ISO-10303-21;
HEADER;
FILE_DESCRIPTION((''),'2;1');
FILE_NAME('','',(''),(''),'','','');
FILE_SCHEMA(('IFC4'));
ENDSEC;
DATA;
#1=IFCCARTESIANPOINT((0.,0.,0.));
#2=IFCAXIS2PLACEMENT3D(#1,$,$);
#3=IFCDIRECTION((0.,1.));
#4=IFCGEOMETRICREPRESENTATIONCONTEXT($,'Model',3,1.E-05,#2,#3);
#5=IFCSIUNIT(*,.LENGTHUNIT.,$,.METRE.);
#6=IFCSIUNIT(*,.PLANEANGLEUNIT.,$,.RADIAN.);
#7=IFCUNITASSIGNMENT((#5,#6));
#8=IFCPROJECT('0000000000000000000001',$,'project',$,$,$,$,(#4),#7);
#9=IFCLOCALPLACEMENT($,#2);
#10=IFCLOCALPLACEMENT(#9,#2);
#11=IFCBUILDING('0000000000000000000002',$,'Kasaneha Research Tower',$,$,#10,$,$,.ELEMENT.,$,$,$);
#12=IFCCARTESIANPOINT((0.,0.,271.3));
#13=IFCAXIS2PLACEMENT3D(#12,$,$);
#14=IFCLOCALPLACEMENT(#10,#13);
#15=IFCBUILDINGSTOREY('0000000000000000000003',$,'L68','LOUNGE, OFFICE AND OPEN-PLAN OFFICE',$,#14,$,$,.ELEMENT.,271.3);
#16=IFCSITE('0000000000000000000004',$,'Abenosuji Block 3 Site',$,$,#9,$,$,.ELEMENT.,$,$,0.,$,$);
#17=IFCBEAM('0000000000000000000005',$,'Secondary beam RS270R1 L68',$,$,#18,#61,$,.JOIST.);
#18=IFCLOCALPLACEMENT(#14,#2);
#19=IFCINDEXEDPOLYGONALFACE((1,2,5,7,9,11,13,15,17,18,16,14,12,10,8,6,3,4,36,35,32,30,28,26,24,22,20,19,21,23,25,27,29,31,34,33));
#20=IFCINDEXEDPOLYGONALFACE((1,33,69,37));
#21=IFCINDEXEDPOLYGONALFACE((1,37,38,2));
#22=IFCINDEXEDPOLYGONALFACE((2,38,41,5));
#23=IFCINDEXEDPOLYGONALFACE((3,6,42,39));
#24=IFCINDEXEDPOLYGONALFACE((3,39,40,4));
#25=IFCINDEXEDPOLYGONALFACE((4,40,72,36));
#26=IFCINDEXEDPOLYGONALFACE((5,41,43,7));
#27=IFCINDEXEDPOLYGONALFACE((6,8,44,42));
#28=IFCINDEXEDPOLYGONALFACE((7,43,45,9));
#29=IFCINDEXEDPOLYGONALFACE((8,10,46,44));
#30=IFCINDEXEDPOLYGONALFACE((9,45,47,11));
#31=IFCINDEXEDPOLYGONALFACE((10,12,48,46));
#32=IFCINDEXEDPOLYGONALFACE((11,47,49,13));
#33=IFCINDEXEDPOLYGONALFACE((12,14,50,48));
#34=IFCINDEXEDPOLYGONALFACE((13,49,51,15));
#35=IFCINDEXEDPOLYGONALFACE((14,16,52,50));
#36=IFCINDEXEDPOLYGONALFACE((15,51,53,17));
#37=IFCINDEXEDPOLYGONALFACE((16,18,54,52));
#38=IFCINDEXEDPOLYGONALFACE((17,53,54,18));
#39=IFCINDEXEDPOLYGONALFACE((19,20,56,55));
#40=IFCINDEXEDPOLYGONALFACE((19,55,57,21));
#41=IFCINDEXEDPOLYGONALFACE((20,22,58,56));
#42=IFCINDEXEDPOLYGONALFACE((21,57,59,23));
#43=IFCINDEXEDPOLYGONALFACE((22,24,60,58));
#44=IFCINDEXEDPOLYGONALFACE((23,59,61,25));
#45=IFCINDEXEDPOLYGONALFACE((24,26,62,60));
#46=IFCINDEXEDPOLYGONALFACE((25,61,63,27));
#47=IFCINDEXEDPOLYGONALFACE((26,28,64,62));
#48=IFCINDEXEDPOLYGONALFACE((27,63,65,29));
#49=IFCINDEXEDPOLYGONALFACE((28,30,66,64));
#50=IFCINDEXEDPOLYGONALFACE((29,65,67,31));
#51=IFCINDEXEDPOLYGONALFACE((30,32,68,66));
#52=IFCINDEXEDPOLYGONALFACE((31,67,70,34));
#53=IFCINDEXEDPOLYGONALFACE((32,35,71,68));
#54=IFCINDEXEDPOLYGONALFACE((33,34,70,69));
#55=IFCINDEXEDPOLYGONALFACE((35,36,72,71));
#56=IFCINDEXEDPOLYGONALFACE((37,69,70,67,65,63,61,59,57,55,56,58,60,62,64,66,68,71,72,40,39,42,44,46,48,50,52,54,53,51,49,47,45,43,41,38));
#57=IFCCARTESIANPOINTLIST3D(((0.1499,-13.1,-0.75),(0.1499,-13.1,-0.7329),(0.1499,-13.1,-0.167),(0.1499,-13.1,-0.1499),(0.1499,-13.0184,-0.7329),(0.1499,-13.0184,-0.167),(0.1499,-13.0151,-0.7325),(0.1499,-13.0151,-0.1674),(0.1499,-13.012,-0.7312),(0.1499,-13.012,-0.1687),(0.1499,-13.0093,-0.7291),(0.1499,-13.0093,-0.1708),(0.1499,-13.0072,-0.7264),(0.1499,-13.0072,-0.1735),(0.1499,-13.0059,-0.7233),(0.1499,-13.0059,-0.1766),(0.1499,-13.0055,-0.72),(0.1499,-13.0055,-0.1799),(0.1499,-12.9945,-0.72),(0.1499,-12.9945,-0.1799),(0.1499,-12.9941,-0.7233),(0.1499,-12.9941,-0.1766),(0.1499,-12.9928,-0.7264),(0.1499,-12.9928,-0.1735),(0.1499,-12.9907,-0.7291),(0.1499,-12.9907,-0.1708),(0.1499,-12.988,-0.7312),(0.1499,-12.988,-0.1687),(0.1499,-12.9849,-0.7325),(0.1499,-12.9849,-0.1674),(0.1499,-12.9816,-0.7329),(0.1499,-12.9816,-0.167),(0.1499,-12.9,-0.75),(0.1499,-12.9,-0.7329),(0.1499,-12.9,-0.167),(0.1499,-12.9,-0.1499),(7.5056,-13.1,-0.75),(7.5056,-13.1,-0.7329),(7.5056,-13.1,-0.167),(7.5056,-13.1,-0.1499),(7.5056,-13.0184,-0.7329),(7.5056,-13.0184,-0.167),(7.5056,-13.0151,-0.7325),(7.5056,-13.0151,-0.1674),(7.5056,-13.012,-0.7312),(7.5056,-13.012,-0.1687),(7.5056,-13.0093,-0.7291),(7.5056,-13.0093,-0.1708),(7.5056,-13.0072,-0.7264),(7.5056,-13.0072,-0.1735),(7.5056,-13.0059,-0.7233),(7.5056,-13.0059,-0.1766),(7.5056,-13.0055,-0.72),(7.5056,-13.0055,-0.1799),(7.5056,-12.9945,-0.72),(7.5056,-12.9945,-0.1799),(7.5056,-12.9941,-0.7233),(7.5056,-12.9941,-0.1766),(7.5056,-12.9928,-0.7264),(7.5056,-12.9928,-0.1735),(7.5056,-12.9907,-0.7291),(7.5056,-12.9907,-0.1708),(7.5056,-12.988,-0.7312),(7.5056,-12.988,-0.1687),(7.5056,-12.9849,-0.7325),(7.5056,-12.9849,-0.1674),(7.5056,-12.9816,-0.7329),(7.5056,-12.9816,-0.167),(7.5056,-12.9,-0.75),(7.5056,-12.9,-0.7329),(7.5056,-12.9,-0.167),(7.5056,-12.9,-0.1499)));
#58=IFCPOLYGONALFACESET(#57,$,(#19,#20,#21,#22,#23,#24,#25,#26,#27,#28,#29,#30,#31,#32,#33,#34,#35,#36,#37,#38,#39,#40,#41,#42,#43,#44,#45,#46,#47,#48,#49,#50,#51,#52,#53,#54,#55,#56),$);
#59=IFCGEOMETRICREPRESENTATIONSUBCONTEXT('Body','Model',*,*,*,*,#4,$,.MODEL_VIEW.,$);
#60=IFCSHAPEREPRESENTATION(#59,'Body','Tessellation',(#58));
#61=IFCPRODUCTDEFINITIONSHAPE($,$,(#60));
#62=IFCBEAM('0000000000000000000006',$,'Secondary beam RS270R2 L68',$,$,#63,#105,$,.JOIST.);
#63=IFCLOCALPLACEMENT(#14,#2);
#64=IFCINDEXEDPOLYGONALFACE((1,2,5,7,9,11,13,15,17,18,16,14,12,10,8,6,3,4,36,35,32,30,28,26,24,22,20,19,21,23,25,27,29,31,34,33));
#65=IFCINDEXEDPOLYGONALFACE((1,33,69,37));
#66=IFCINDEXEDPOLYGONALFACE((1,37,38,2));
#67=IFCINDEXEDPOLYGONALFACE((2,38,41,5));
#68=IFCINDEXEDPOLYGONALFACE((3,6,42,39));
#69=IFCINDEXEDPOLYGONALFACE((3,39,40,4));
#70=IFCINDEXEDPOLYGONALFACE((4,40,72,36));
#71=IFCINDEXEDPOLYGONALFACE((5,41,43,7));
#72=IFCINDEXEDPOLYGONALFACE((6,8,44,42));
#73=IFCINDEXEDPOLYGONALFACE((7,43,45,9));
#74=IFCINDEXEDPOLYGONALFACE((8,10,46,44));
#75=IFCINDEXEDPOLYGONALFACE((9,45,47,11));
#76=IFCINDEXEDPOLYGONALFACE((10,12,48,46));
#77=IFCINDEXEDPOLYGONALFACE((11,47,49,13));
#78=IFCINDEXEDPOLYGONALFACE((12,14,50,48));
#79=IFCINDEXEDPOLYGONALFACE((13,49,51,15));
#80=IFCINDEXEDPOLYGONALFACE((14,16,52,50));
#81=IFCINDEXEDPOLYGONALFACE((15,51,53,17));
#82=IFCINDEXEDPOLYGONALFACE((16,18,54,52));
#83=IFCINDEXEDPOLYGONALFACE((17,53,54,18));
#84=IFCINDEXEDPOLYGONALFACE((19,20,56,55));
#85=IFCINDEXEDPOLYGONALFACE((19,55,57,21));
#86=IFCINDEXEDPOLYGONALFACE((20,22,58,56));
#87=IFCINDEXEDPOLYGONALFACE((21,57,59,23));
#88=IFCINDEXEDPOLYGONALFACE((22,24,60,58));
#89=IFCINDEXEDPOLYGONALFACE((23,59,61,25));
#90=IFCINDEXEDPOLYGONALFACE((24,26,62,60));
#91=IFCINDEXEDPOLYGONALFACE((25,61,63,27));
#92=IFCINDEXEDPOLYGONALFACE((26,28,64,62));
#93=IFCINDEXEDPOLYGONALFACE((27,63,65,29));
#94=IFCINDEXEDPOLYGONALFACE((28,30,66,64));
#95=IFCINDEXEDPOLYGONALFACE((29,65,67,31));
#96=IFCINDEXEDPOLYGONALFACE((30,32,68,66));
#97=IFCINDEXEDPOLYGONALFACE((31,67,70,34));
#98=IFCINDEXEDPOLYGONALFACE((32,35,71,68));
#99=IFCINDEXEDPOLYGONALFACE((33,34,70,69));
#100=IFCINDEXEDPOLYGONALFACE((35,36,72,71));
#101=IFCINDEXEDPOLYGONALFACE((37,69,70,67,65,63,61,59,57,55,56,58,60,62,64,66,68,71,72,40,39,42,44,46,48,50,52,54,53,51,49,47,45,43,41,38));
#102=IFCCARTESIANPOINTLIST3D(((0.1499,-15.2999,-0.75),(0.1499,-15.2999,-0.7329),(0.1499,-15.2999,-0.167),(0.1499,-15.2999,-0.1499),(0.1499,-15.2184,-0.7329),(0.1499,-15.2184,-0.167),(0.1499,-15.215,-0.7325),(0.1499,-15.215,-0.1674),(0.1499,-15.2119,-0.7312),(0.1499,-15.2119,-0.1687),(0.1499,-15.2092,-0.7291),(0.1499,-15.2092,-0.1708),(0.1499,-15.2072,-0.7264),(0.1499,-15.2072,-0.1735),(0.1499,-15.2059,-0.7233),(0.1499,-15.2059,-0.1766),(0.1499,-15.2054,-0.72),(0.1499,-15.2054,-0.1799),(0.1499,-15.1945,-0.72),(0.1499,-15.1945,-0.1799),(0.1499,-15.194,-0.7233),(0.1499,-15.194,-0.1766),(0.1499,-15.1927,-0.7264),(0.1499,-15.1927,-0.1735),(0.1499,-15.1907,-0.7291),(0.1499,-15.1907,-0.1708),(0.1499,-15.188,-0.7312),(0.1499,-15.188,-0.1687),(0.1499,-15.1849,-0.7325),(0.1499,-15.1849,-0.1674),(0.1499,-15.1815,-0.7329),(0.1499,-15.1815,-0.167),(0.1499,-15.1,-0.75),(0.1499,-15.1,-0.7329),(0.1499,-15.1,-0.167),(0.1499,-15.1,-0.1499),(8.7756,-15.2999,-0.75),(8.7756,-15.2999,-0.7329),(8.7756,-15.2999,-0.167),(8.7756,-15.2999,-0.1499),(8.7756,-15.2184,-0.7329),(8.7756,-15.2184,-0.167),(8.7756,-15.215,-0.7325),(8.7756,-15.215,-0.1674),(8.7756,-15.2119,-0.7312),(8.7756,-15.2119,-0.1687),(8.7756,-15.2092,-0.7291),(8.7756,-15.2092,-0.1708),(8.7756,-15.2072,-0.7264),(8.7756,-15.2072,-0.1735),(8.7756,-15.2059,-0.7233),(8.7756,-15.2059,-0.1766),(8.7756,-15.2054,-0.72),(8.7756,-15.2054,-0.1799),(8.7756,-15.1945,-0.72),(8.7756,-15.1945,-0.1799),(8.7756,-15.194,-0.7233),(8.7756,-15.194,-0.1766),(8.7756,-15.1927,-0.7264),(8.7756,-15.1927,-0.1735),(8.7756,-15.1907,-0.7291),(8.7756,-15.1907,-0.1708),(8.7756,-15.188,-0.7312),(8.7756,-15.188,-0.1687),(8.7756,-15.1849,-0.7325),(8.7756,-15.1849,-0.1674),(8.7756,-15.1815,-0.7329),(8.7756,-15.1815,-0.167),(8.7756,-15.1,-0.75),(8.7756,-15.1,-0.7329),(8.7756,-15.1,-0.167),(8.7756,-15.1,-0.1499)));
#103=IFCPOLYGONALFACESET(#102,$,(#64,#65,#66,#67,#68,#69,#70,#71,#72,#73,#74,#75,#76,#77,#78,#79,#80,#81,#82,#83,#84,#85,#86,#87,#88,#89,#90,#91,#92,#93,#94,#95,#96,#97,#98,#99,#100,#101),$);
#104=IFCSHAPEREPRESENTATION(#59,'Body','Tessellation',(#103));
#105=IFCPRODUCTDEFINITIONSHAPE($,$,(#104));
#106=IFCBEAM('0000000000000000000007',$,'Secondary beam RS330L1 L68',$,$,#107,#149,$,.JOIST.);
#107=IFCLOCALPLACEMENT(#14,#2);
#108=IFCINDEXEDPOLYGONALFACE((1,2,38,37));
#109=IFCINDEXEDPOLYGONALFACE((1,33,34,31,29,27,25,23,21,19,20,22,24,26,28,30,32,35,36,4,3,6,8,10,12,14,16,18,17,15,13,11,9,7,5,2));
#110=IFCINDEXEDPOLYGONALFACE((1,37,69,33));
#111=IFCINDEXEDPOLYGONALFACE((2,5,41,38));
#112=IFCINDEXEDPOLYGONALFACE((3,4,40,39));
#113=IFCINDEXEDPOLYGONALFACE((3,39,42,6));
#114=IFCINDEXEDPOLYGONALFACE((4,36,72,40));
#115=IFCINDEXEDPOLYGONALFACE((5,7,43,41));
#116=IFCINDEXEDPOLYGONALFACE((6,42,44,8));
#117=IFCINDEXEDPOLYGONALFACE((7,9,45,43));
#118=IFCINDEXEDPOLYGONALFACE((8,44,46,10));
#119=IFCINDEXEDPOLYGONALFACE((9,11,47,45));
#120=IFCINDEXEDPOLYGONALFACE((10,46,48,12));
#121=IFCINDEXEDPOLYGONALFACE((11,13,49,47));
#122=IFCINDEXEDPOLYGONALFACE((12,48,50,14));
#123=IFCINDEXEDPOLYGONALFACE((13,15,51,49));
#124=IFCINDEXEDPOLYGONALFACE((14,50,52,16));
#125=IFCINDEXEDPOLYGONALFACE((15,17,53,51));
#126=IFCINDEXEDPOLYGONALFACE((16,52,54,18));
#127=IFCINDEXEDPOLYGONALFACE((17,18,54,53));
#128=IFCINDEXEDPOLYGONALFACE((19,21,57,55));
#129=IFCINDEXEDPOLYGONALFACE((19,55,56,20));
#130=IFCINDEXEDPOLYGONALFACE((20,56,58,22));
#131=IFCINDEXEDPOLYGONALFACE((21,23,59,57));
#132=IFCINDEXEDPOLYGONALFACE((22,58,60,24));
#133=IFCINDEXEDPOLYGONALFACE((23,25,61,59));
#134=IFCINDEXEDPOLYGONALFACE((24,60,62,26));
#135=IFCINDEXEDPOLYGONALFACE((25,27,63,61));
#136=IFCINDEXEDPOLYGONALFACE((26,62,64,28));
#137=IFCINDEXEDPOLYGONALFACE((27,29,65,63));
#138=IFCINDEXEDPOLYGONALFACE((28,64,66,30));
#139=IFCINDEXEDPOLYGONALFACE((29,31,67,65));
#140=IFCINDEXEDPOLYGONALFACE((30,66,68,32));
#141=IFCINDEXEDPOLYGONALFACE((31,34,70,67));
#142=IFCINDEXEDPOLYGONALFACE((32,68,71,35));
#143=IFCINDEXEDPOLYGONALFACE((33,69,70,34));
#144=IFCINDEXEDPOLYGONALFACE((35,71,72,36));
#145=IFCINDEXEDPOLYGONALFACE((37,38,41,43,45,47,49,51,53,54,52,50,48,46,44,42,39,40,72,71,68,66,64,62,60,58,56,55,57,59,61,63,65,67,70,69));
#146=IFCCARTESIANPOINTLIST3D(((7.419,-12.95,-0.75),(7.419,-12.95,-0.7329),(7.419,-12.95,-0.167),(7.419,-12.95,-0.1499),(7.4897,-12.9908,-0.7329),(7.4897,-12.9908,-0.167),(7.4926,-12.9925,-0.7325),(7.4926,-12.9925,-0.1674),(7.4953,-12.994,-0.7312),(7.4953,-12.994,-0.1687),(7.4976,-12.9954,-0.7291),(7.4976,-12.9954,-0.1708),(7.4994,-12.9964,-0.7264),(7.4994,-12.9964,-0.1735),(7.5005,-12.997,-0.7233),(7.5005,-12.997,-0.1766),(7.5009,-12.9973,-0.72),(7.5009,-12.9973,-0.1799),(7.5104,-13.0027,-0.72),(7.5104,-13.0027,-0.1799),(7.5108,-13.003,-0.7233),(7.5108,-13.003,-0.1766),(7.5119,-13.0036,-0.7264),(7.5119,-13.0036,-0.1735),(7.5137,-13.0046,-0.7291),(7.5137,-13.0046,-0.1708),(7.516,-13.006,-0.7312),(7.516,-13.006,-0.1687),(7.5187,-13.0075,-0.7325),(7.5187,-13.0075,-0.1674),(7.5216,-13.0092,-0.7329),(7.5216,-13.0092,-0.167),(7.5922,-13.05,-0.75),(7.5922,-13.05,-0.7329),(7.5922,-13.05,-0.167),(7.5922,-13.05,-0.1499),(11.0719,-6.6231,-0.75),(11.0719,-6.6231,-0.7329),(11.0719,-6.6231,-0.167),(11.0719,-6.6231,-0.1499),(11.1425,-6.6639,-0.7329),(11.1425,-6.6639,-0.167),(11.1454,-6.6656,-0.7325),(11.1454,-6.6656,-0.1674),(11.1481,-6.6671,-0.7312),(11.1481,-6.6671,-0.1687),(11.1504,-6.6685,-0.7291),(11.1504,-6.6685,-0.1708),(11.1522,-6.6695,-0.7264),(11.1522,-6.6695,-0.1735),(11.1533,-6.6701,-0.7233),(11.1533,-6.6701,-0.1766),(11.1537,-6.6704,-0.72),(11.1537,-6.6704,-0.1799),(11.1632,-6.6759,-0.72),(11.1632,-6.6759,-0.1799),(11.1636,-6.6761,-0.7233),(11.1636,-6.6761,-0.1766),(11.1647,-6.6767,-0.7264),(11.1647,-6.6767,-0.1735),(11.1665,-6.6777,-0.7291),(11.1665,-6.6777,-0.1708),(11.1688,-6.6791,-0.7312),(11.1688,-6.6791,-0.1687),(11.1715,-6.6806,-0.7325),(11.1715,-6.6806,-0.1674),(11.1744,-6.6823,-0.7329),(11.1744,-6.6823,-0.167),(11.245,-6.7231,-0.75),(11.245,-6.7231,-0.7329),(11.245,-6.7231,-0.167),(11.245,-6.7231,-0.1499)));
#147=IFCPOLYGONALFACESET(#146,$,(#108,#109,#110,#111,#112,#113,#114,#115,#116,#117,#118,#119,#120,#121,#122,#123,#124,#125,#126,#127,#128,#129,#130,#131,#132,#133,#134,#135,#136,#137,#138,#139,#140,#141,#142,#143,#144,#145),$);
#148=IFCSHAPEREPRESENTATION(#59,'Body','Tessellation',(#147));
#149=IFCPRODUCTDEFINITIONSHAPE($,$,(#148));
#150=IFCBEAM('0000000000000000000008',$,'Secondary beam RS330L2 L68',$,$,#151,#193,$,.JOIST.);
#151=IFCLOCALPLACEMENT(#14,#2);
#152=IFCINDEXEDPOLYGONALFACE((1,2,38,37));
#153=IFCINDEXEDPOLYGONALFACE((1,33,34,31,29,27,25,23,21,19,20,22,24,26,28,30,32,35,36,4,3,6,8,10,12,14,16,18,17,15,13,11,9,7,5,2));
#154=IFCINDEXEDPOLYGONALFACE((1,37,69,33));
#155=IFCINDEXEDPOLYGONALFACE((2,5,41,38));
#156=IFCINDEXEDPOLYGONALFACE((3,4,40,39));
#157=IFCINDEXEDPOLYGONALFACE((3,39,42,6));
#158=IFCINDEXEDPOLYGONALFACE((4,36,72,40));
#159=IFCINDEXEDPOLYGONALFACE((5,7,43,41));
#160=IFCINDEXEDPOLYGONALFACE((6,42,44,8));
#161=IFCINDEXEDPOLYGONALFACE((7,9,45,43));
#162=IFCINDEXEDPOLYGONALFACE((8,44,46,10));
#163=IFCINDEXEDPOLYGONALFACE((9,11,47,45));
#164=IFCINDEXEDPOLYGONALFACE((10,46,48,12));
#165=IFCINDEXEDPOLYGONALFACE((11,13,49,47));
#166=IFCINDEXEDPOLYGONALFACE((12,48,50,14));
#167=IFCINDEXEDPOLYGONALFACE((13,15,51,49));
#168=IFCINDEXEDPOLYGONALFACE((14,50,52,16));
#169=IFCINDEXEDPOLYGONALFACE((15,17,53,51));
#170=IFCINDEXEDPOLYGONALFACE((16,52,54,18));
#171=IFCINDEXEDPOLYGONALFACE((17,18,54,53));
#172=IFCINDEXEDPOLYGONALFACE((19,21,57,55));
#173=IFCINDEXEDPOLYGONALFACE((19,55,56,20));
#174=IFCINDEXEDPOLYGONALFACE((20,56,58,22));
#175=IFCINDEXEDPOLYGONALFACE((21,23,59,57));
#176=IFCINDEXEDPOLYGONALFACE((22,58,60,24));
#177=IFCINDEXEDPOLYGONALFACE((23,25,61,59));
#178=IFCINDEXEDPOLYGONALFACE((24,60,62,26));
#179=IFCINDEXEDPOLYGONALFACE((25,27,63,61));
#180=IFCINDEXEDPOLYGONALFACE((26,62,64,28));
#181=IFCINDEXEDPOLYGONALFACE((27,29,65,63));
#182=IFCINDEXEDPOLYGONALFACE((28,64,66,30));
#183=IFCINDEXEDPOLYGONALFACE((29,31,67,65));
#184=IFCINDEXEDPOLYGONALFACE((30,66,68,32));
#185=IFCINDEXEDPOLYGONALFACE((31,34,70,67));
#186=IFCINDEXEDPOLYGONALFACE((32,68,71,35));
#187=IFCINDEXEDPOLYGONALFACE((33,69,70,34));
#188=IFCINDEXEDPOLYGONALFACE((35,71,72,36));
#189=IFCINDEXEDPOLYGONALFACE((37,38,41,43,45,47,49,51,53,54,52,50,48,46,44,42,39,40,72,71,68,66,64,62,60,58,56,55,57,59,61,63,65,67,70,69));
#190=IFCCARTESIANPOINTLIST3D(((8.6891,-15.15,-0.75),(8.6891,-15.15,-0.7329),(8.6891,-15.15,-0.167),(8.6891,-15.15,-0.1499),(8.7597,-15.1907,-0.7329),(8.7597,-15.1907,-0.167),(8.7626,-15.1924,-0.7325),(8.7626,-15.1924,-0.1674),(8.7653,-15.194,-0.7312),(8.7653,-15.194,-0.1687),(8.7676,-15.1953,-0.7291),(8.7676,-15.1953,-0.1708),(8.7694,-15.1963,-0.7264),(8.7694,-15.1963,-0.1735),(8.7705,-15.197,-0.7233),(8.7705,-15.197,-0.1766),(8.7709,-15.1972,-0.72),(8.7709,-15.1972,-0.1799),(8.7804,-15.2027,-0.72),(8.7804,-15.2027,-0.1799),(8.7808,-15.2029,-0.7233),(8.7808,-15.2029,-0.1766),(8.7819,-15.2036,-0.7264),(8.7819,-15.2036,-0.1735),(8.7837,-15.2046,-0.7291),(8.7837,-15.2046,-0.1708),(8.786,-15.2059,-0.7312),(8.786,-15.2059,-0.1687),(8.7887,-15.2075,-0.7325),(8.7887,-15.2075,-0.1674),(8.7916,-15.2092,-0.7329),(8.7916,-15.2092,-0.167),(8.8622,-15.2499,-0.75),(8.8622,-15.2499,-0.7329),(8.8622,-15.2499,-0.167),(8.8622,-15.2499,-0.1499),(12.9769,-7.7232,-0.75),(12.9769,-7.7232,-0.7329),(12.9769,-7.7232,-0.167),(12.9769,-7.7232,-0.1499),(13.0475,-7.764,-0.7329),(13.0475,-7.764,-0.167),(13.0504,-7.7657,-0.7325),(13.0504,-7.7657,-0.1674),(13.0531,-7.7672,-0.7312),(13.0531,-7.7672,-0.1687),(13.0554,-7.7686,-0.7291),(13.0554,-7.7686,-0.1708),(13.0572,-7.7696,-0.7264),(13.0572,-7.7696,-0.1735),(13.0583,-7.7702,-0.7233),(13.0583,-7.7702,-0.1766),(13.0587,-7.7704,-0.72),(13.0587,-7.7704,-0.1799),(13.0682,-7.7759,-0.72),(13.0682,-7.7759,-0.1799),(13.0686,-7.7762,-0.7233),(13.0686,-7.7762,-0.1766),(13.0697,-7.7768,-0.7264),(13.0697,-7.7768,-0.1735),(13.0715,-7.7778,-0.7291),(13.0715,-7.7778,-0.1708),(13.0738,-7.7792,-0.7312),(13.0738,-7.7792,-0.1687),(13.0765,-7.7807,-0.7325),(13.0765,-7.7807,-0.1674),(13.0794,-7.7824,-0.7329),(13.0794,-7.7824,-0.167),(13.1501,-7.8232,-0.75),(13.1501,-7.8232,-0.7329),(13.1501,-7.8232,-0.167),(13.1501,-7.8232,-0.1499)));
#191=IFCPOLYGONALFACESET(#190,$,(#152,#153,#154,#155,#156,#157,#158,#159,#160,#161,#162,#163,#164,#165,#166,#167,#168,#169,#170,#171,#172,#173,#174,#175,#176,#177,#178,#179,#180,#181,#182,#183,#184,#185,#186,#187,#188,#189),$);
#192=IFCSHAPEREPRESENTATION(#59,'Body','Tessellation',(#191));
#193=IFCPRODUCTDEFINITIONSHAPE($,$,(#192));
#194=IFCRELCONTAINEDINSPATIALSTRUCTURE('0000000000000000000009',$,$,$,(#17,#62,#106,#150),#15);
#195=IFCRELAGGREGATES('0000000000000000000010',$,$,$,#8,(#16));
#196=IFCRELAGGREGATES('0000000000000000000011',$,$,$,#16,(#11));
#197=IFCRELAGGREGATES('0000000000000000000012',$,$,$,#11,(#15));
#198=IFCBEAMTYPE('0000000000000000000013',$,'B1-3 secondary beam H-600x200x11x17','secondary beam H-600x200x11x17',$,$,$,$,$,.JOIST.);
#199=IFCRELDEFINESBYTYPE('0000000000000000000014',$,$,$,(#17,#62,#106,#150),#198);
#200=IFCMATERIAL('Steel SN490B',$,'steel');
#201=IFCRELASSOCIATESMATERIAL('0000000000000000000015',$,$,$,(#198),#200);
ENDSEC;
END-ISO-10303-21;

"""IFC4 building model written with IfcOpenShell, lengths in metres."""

from ifc_helpers import new_model, si_unit, direction, frame, origin, origin_2d, place, context, subcontext, project, spatial, i_section, extrude, material, material_profile, profile_set, type_object, element, save


model = new_model("IFC4")

# Units and contexts
model_context = context("Model", 3, precision=1e-05, world=origin(), true_north=direction((0.0, 1.0)))
body_context = subcontext(model_context, "Body", "Model", "MODEL_VIEW")
ifc_project = project(units=[si_unit("LENGTHUNIT", "METRE"), si_unit("PLANEANGLEUNIT", "RADIAN")], contexts=[model_context])

# Site, building, storey
site_placement = place(None, origin())
site = spatial("IfcSite", under=ifc_project, at=site_placement, Name="Abenosuji Block 3 Site", CompositionType="ELEMENT", RefElevation=0.0)
building_placement = place(site_placement, origin())
building = spatial("IfcBuilding", under=site, at=building_placement, Name="Kasaneha Research Tower", CompositionType="ELEMENT")
storey_placement = place(building_placement, frame((0.0, 0.0, 271.3)))
storey = spatial("IfcBuildingStorey", under=building, at=storey_placement, Name="L68", Description="LOUNGE, OFFICE AND OPEN-PLAN OFFICE", CompositionType="ELEMENT", Elevation=271.3)

# Beams
ifc_material_1 = material(Name="Steel SN490B", Category="steel")
ifc_material_profile_1 = material_profile(ifc_material_1, i_section(OverallWidth=0.2, OverallDepth=0.6001, WebThickness=0.011, FlangeThickness=0.0171, FilletRadius=0.0129, at=origin_2d()), Name="H-600x200x11x17")
ifc_profile_set_1 = profile_set([ifc_material_profile_1], Name="Steel SN490B")
beam_type_1 = type_object("IfcBeamType", Name="B1-3 secondary beam H-600x200x11x17", Description="secondary beam H-600x200x11x17", PredefinedType="JOIST", material=ifc_profile_set_1)
beam_1_placement = place(storey_placement, frame((7.5056, -13.0, -0.45), z_axis=(-1.0, 0.0, 0.0), x_axis=(0.0, -1.0, 0.0)))
element("IfcBeam", 1, at=beam_1_placement, inside=storey, type_object=beam_type_1, Name="Secondary beam RS270R1 L68", PredefinedType="JOIST", context=body_context, shape_type="SweptSolid", body=[
    extrude(i_section(OverallWidth=0.2, OverallDepth=0.6001, WebThickness=0.011, FlangeThickness=0.0171, FilletRadius=0.0129, at=origin_2d()), origin(), (0.0, 0.0, 1.0), 7.3557),
])
beam_2_placement = place(storey_placement, frame((8.7756, -15.2, -0.45), z_axis=(-1.0, 0.0, 0.0), x_axis=(0.0, -1.0, 0.0)))
element("IfcBeam", 2, at=beam_2_placement, inside=storey, type_object=beam_type_1, Name="Secondary beam RS270R2 L68", PredefinedType="JOIST", context=body_context, shape_type="SweptSolid", body=[
    extrude(i_section(OverallWidth=0.2, OverallDepth=0.6001, WebThickness=0.011, FlangeThickness=0.0171, FilletRadius=0.0129, at=origin_2d()), origin(), (0.0, 0.0, 1.0), 8.6257),
])
beam_3_placement = place(storey_placement, frame((7.5056, -13.0, -0.45), z_axis=(0.499999, 0.866026, 0.0), x_axis=(-0.866026, 0.499999, 0.0)))
element("IfcBeam", 3, at=beam_3_placement, inside=storey, type_object=beam_type_1, Name="Secondary beam RS330L1 L68", PredefinedType="JOIST", context=body_context, shape_type="SweptSolid", body=[
    extrude(i_section(OverallWidth=0.2, OverallDepth=0.6001, WebThickness=0.011, FlangeThickness=0.0171, FilletRadius=0.0129, at=origin_2d()), origin(), (0.0, 0.0, 1.0), 7.3057),
])
beam_4_placement = place(storey_placement, frame((8.7756, -15.2, -0.45), z_axis=(0.5, 0.866025, 0.0), x_axis=(-0.866025, 0.5, 0.0)))
element("IfcBeam", 4, at=beam_4_placement, inside=storey, type_object=beam_type_1, Name="Secondary beam RS330L2 L68", PredefinedType="JOIST", context=body_context, shape_type="SweptSolid", body=[
    extrude(i_section(OverallWidth=0.2, OverallDepth=0.6001, WebThickness=0.011, FlangeThickness=0.0171, FilletRadius=0.0129, at=origin_2d()), origin(), (0.0, 0.0, 1.0), 8.5757),
])

save(model, "model.ifc")
